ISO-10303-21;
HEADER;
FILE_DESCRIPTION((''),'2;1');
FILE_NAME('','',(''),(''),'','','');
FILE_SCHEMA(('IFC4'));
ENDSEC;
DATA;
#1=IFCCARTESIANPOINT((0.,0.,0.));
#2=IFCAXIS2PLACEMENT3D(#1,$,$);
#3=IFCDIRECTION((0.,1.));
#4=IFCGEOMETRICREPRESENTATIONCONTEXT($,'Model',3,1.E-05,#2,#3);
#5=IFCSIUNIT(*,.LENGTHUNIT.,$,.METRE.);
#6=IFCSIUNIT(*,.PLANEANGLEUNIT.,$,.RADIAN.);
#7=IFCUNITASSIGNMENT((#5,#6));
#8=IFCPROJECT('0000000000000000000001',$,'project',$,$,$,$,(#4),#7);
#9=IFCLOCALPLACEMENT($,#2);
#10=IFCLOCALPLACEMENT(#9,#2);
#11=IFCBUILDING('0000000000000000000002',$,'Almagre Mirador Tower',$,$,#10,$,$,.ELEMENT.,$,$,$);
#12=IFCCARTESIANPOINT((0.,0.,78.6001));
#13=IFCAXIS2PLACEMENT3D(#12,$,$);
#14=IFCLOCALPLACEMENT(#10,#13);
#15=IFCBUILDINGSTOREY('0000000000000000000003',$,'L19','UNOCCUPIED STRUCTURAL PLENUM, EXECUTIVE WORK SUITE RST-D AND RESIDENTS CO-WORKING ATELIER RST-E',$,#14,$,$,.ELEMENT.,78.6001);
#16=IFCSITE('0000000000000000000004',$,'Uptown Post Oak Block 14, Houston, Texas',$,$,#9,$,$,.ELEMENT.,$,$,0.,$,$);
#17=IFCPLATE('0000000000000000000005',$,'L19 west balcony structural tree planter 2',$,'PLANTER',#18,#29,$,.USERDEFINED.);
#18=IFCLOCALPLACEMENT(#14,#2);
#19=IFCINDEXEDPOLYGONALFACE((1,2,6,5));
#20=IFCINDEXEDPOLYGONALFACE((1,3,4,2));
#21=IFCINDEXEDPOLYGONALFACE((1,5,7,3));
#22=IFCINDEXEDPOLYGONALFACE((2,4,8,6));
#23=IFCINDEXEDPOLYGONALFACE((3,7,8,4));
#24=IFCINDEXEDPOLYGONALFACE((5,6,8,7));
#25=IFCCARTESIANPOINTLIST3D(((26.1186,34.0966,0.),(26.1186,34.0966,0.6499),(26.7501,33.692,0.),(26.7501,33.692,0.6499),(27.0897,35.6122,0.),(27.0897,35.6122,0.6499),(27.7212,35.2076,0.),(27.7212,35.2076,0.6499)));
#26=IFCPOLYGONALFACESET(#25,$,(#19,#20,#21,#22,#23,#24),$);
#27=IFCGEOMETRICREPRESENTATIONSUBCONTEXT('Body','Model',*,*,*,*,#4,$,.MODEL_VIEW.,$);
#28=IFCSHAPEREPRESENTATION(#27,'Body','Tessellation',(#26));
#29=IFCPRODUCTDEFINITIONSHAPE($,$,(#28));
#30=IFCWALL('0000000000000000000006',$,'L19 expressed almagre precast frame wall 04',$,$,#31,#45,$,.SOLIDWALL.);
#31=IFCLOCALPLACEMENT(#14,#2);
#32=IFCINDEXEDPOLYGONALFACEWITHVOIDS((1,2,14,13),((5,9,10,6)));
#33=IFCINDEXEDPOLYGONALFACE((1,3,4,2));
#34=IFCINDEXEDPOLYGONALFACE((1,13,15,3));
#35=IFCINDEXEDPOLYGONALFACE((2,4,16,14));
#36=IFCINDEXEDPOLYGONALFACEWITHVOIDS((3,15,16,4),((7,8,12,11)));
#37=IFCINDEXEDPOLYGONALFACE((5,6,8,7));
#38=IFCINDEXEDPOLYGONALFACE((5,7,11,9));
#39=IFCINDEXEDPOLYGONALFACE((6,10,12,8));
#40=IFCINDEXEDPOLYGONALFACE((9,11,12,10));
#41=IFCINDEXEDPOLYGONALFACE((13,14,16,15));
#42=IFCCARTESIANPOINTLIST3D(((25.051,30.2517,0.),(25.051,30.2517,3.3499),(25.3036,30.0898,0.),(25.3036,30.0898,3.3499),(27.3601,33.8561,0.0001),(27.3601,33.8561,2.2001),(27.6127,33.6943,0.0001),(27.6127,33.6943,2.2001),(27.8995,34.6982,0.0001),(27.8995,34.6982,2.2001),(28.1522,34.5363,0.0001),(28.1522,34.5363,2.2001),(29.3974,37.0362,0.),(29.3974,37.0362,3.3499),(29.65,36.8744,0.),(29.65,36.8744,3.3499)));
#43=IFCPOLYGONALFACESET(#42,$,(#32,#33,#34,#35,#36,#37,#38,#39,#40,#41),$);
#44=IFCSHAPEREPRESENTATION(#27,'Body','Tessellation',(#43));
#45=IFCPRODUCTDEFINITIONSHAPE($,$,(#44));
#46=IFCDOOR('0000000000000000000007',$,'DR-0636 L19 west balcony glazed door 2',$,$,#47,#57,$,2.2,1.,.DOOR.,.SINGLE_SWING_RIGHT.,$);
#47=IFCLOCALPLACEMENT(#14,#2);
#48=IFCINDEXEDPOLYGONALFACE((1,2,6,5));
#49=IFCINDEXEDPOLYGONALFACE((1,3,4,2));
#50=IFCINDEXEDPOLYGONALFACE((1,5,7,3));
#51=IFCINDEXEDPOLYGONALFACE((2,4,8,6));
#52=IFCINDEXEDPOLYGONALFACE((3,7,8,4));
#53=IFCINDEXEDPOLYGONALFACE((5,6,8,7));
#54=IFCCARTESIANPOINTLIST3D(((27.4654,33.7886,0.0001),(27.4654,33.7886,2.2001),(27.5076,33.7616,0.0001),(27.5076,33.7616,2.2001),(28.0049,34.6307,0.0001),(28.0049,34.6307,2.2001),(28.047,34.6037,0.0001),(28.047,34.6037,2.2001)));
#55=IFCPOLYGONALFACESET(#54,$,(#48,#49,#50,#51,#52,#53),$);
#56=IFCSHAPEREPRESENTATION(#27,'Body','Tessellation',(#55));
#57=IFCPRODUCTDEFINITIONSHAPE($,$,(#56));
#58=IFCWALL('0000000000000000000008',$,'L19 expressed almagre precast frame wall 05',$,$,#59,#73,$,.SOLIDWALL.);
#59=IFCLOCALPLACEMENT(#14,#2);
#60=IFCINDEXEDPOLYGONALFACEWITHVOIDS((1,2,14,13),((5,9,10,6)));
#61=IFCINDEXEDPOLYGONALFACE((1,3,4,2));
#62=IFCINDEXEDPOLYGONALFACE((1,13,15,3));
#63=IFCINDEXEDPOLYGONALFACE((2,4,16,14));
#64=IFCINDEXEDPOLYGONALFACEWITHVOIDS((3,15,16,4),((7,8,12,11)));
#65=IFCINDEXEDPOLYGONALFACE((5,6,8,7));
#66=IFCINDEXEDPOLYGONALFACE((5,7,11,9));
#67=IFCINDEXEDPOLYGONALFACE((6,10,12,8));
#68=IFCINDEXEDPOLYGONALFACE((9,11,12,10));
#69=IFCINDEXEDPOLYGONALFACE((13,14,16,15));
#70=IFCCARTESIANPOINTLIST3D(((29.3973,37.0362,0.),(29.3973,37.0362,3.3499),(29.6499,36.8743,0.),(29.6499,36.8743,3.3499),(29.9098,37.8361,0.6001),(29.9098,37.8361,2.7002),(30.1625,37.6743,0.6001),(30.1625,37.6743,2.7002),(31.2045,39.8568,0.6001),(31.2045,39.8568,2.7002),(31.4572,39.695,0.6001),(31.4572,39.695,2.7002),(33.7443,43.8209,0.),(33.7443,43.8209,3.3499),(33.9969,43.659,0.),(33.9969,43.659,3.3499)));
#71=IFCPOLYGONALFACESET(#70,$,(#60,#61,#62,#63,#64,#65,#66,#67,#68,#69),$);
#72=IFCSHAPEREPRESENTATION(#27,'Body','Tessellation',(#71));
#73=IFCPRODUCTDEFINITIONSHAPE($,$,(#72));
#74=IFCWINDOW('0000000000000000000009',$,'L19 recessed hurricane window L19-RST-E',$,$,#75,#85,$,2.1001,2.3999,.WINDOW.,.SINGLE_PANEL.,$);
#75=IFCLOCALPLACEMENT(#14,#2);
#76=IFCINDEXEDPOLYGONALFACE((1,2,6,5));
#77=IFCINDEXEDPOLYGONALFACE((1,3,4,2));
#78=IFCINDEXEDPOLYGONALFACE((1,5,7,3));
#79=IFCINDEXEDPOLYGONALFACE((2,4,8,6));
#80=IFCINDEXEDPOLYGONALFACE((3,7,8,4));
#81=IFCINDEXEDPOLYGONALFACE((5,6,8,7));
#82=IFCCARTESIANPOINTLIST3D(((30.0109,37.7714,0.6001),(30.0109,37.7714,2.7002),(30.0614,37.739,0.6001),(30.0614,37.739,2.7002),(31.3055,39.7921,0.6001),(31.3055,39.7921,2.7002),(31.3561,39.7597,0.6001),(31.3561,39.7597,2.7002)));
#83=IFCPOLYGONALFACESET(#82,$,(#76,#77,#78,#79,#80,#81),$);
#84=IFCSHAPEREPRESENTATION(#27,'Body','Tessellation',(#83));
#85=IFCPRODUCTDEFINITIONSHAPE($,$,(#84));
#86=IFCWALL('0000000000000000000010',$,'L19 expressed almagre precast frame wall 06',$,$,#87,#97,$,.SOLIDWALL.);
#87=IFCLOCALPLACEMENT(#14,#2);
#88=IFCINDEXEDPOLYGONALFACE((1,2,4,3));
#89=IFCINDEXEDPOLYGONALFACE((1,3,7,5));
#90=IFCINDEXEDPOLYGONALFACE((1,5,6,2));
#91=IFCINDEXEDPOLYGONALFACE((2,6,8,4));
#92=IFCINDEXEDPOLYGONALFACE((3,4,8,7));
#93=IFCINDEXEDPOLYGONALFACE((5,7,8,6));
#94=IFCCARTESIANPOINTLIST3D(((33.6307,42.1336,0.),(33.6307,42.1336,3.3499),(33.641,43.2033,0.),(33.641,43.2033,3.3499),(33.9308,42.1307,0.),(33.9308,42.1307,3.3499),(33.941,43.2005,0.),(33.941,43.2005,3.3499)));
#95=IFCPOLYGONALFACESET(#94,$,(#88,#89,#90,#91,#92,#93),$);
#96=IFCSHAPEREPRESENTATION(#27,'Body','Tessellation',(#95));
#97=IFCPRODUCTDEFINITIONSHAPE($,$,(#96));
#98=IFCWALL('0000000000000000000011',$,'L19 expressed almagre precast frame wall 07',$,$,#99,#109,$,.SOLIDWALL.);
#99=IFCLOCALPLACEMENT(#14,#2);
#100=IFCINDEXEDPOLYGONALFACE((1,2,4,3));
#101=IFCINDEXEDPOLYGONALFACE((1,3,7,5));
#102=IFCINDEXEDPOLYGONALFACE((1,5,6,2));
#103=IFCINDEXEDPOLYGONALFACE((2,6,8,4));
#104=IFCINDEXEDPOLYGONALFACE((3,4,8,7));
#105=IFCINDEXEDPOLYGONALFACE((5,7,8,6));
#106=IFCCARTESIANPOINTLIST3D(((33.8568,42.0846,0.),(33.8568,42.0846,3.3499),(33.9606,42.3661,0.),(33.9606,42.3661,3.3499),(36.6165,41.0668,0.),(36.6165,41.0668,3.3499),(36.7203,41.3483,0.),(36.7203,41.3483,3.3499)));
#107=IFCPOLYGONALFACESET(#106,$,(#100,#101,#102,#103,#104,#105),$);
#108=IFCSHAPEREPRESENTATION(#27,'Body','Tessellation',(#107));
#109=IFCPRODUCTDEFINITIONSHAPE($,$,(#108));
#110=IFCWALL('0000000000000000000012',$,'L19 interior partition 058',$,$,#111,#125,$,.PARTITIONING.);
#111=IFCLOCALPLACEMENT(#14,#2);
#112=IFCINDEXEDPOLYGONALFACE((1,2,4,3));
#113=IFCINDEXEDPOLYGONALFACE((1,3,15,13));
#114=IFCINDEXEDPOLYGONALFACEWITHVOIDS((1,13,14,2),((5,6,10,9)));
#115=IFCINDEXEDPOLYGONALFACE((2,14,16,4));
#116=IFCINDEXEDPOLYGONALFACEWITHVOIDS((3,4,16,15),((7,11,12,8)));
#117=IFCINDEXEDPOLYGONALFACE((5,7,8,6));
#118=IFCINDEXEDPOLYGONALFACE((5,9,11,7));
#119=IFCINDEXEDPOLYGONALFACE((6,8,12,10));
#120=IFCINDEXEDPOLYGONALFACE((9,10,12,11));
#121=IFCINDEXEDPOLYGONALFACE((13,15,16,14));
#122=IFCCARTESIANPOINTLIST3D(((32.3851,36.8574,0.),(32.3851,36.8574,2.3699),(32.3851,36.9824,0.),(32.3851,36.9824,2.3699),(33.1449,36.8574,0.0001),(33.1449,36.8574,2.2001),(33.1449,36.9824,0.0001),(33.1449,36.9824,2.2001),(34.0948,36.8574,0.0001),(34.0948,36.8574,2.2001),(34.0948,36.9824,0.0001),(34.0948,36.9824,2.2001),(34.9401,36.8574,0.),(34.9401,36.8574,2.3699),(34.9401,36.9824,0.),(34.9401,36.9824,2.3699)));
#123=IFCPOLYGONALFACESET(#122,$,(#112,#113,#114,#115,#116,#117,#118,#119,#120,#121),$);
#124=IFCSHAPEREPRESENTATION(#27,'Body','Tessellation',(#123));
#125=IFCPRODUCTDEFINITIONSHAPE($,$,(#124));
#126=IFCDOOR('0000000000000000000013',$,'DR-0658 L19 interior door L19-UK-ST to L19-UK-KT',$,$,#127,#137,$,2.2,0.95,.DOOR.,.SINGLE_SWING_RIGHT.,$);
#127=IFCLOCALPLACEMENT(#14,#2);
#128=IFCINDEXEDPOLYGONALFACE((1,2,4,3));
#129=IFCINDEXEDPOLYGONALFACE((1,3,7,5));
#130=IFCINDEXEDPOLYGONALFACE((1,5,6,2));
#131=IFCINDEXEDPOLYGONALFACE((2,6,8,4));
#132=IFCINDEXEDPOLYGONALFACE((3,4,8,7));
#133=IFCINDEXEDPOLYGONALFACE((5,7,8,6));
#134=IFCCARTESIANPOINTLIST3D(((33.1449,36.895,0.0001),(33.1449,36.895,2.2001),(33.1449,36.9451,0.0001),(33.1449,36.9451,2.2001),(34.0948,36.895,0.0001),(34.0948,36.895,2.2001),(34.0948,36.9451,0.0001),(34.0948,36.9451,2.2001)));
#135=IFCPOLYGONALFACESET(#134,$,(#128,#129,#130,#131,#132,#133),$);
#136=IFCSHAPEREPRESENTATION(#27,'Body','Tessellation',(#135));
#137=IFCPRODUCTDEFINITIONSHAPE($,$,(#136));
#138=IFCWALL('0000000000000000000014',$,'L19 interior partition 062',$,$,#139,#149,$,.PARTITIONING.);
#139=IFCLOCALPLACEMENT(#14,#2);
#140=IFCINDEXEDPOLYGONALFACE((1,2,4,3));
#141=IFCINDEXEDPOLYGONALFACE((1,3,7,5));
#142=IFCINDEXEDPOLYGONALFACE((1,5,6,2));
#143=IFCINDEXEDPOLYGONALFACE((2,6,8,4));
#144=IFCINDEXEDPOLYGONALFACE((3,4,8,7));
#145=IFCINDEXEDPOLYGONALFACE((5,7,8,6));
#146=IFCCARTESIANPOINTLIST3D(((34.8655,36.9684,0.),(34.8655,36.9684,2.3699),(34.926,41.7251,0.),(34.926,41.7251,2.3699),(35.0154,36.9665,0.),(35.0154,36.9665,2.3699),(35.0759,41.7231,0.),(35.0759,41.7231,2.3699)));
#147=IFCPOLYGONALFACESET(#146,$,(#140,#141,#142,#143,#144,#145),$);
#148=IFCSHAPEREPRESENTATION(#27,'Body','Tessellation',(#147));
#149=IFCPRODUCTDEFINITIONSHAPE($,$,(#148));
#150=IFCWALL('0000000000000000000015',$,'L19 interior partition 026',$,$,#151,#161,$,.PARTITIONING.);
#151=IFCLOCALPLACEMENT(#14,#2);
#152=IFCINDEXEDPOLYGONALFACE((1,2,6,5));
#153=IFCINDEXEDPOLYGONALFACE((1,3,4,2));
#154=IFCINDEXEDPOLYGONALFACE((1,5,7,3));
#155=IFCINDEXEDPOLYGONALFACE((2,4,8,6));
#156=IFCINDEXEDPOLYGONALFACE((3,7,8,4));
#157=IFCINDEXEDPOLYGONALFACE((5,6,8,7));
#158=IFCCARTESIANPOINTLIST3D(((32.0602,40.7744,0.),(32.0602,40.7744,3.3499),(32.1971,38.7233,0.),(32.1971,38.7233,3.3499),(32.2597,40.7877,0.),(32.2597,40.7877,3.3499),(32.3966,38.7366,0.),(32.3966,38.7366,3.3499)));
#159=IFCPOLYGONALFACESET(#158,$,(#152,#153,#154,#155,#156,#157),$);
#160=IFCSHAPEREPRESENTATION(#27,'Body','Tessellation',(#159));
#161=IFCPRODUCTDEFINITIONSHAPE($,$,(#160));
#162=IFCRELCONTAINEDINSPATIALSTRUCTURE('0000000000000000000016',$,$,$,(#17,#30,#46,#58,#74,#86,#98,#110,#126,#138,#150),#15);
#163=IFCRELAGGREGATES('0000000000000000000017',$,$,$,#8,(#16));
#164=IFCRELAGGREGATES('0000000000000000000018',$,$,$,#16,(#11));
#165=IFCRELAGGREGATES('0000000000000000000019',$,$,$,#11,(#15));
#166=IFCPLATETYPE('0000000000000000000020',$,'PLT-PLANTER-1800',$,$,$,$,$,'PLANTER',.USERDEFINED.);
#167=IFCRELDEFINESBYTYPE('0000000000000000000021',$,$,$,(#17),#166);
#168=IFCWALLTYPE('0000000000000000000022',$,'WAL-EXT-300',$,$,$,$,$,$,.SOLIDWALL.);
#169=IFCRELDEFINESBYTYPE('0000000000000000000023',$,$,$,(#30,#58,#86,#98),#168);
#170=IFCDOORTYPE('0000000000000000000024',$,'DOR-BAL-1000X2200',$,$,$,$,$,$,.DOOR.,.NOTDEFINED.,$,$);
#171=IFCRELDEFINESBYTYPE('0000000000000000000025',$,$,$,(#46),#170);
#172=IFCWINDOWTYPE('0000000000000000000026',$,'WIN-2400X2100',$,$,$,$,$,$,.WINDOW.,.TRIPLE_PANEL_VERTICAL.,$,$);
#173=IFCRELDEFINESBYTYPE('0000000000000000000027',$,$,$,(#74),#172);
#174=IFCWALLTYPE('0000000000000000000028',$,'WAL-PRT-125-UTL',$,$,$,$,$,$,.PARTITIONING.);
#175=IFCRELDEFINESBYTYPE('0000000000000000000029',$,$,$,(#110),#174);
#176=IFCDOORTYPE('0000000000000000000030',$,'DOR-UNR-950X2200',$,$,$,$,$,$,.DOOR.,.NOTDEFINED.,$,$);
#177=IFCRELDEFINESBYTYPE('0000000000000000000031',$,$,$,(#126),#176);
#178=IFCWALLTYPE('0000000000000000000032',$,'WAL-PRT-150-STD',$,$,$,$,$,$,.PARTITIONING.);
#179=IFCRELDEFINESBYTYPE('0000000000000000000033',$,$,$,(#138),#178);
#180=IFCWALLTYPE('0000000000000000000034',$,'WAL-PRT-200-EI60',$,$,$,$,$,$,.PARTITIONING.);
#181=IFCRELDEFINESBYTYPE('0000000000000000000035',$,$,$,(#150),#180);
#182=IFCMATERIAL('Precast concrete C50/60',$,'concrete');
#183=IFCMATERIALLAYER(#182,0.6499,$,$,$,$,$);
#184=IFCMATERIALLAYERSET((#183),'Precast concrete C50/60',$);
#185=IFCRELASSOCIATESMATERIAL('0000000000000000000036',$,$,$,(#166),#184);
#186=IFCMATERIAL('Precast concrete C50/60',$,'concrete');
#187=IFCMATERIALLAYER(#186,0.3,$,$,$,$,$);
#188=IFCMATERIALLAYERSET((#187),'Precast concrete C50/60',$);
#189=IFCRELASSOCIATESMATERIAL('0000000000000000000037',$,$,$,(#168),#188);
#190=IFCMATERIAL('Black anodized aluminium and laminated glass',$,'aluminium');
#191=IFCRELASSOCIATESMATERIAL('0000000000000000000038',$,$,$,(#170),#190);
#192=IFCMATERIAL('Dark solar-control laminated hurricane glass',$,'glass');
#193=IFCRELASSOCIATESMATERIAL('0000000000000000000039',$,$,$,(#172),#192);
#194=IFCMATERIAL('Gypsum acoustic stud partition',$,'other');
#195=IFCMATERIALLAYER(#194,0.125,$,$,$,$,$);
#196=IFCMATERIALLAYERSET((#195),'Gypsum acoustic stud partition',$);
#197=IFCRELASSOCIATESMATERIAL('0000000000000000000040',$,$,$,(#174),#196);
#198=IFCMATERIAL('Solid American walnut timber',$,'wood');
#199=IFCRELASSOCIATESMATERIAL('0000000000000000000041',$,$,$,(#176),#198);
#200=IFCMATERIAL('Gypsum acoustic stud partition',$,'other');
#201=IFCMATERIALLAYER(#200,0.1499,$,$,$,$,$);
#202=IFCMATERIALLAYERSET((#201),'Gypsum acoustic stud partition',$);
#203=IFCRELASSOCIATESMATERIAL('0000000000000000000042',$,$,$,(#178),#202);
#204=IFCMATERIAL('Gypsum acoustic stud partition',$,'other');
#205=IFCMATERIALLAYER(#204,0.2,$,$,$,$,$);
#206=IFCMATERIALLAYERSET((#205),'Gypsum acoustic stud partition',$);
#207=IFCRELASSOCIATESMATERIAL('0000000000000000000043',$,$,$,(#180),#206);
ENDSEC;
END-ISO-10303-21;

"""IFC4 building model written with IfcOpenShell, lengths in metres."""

from ifc_helpers import new_model, si_unit, direction, frame, frame_2d, origin, origin_2d, place, context, subcontext, project, spatial, rectangle, extrude, material, layer, layer_set, type_object, element, fill, save


model = new_model("IFC4")

# Units and contexts
model_context = context("Model", 3, precision=1e-05, world=origin(), true_north=direction((0.0, 1.0)))
body_context = subcontext(model_context, "Body", "Model", "MODEL_VIEW")
ifc_project = project(units=[si_unit("LENGTHUNIT", "METRE"), si_unit("PLANEANGLEUNIT", "RADIAN")], contexts=[model_context])

# Site, building, storey
site_placement = place(None, origin())
site = spatial("IfcSite", under=ifc_project, at=site_placement, Name="Uptown Post Oak Block 14, Houston, Texas", CompositionType="ELEMENT", RefElevation=0.0)
building_placement = place(site_placement, origin())
building = spatial("IfcBuilding", under=site, at=building_placement, Name="Almagre Mirador Tower", CompositionType="ELEMENT")
storey_placement = place(building_placement, frame((0.0, 0.0, 78.6001)))
storey = spatial("IfcBuildingStorey", under=building, at=storey_placement, Name="L19", Description="UNOCCUPIED STRUCTURAL PLENUM, EXECUTIVE WORK SUITE RST-D AND RESIDENTS CO-WORKING ATELIER RST-E", CompositionType="ELEMENT", Elevation=78.6001)

# Plate
ifc_material_1 = material(Name="Precast concrete C50/60", Category="concrete")
ifc_layer_1 = layer(ifc_material_1, 0.6499)
ifc_layer_set_1 = layer_set([ifc_layer_1], Name="Precast concrete C50/60")
plate_type = type_object("IfcPlateType", Name="PLT-PLANTER-1800", ElementType="PLANTER", PredefinedType="USERDEFINED", material=ifc_layer_set_1)
plate_placement = place(storey_placement, frame((26.9199, 34.6521, 0.0), z_axis=(0.0, 0.0, 1.0), x_axis=(-0.539462, -0.84201, 0.0)))
element("IfcPlate", 1, at=plate_placement, inside=storey, type_object=plate_type, Name="L19 west balcony structural tree planter 2", ObjectType="PLANTER", PredefinedType="USERDEFINED", context=body_context, shape_type="SweptSolid", body=[
    extrude(rectangle(XDim=1.8, YDim=0.75, at=origin_2d()), origin(), (0.0, 0.0, 1.0), 0.6499),
])

# Wall, opening, door
ifc_material_2 = material(Name="Precast concrete C50/60", Category="concrete")
ifc_layer_2 = layer(ifc_material_2, 0.3)
ifc_layer_set_2 = layer_set([ifc_layer_2], Name="Precast concrete C50/60")
wall_type_1 = type_object("IfcWallType", Name="WAL-EXT-300", PredefinedType="SOLIDWALL", material=ifc_layer_set_2)
wall_1_placement = place(storey_placement, frame((25.1772, 30.1707, 0.0), z_axis=(0.0, 0.0, 1.0), x_axis=(0.539428, 0.842032, 0.0)))
wall_1 = element("IfcWall", 2, at=wall_1_placement, inside=storey, type_object=wall_type_1, Name="L19 expressed almagre precast frame wall 04", PredefinedType="SOLIDWALL", context=body_context, shape_type="SweptSolid", body=[
    extrude(rectangle(XDim=8.0574, YDim=0.3, at=frame_2d((4.0288, 0.0))), origin(), (0.0, 0.0, 1.0), 3.3499),
])
opening_1_placement = place(wall_1_placement, frame((4.2808, 0.0, 0.0)))
opening_1 = element("IfcOpeningElement", 3, at=opening_1_placement, cuts=wall_1, PredefinedType="OPENING", context=body_context, shape_type="SweptSolid", body=[
    extrude(rectangle(XDim=1.0, YDim=2.2, at=frame_2d((0.5, 1.1001))), frame((0.0, 0.1599, 0.0), z_axis=(0.0, -1.0, 0.0), x_axis=(1.0, 0.0, 0.0)), (0.0, 0.0, 1.0), 0.32),
])
ifc_material_3 = material(Name="Black anodized aluminium and laminated glass", Category="aluminium")
door_type_1 = type_object("IfcDoorType", Name="DOR-BAL-1000X2200", OperationType="NOTDEFINED", PredefinedType="DOOR", material=ifc_material_3)
door_1_placement = place(opening_1_placement, origin())
door_1 = element("IfcDoor", 4, at=door_1_placement, inside=storey, type_object=door_type_1, Name="DR-0636 L19 west balcony glazed door 2", OperationType="SINGLE_SWING_RIGHT", OverallHeight=2.2, OverallWidth=1.0, PredefinedType="DOOR", context=body_context, shape_type="SweptSolid", body=[
    extrude(rectangle(XDim=1.0, YDim=2.2, at=frame_2d((0.5, 1.1001))), frame((0.0, 0.0249, 0.0), z_axis=(0.0, -1.0, 0.0), x_axis=(1.0, 0.0, 0.0)), (0.0, 0.0, 1.0), 0.05),
])
fill(opening_1, door_1)

# Wall, opening, window
wall_2_placement = place(storey_placement, frame((29.5237, 36.9553, 0.0), z_axis=(0.0, 0.0, 1.0), x_axis=(0.539471, 0.842004, 0.0)))
wall_2 = element("IfcWall", 5, at=wall_2_placement, inside=storey, type_object=wall_type_1, Name="L19 expressed almagre precast frame wall 05", PredefinedType="SOLIDWALL", context=body_context, shape_type="SweptSolid", body=[
    extrude(rectangle(XDim=8.0579, YDim=0.3, at=frame_2d((4.0288, 0.0))), origin(), (0.0, 0.0, 1.0), 3.3499),
])
opening_2_placement = place(wall_2_placement, frame((0.95, 0.0, 0.6001)))
opening_2 = element("IfcOpeningElement", 6, at=opening_2_placement, cuts=wall_2, PredefinedType="OPENING", context=body_context, shape_type="SweptSolid", body=[
    extrude(rectangle(XDim=2.3999, YDim=2.1001, at=frame_2d((1.2, 1.05))), frame((0.0, 0.1599, 0.0), z_axis=(0.0, -1.0, 0.0), x_axis=(1.0, 0.0, 0.0)), (0.0, 0.0, 1.0), 0.32),
])
ifc_material_4 = material(Name="Dark solar-control laminated hurricane glass", Category="glass")
window_type = type_object("IfcWindowType", Name="WIN-2400X2100", PartitioningType="TRIPLE_PANEL_VERTICAL", PredefinedType="WINDOW", material=ifc_material_4)
window_placement = place(opening_2_placement, origin())
window = element("IfcWindow", 7, at=window_placement, inside=storey, type_object=window_type, Name="L19 recessed hurricane window L19-RST-E", OverallHeight=2.1001, OverallWidth=2.3999, PartitioningType="SINGLE_PANEL", PredefinedType="WINDOW", context=body_context, shape_type="SweptSolid", body=[
    extrude(rectangle(XDim=2.3999, YDim=2.1001, at=frame_2d((1.2, 1.05))), frame((0.0, 0.03, 0.0), z_axis=(0.0, -1.0, 0.0), x_axis=(1.0, 0.0, 0.0)), (0.0, 0.0, 1.0), 0.0601),
])
fill(opening_2, window)

# Walls
wall_3_placement = place(storey_placement, frame((33.791, 43.2019, 0.0), z_axis=(0.0, 0.0, 1.0), x_axis=(-0.009584, -0.999954, 0.0)))
element("IfcWall", 8, at=wall_3_placement, inside=storey, type_object=wall_type_1, Name="L19 expressed almagre precast frame wall 06", PredefinedType="SOLIDWALL", context=body_context, shape_type="SweptSolid", body=[
    extrude(rectangle(XDim=1.0698, YDim=0.3, at=frame_2d((0.5349, 0.0))), origin(), (0.0, 0.0, 1.0), 3.3499),
])
wall_4_placement = place(storey_placement, frame((33.9087, 42.2253, 0.0), z_axis=(0.0, 0.0, 1.0), x_axis=(0.938225, -0.346025, 0.0)))
element("IfcWall", 9, at=wall_4_placement, inside=storey, type_object=wall_type_1, Name="L19 expressed almagre precast frame wall 07", PredefinedType="SOLIDWALL", context=body_context, shape_type="SweptSolid", body=[
    extrude(rectangle(XDim=2.9414, YDim=0.3, at=frame_2d((1.4707, 0.0))), origin(), (0.0, 0.0, 1.0), 3.3499),
])

# Wall, opening, door
ifc_material_5 = material(Name="Gypsum acoustic stud partition", Category="other")
ifc_layer_3 = layer(ifc_material_5, 0.125)
ifc_layer_set_3 = layer_set([ifc_layer_3], Name="Gypsum acoustic stud partition")
wall_type_2 = type_object("IfcWallType", Name="WAL-PRT-125-UTL", PredefinedType="PARTITIONING", material=ifc_layer_set_3)
wall_5_placement = place(storey_placement, frame((34.9399, 36.9199, 0.0), z_axis=(0.0, 0.0, 1.0), x_axis=(-1.0, 0.0, 0.0)))
wall_5 = element("IfcWall", 10, at=wall_5_placement, inside=storey, type_object=wall_type_2, Name="L19 interior partition 058", PredefinedType="PARTITIONING", context=body_context, shape_type="SweptSolid", body=[
    extrude(rectangle(XDim=2.5549, YDim=0.125, at=frame_2d((1.2773, 0.0))), origin(), (0.0, 0.0, 1.0), 2.3699),
])
opening_3_placement = place(wall_5_placement, frame((0.845, 0.0, 0.0)))
opening_3 = element("IfcOpeningElement", 11, at=opening_3_placement, cuts=wall_5, PredefinedType="OPENING", context=body_context, shape_type="SweptSolid", body=[
    extrude(rectangle(XDim=0.95, YDim=2.2, at=frame_2d((0.4751, 1.1001))), frame((0.0, 0.0725, 0.0), z_axis=(0.0, -1.0, 0.0), x_axis=(1.0, 0.0, 0.0)), (0.0, 0.0, 1.0), 0.145),
])
ifc_material_6 = material(Name="Solid American walnut timber", Category="wood")
door_type_2 = type_object("IfcDoorType", Name="DOR-UNR-950X2200", OperationType="NOTDEFINED", PredefinedType="DOOR", material=ifc_material_6)
door_2_placement = place(opening_3_placement, origin())
door_2 = element("IfcDoor", 12, at=door_2_placement, inside=storey, type_object=door_type_2, Name="DR-0658 L19 interior door L19-UK-ST to L19-UK-KT", OperationType="SINGLE_SWING_RIGHT", OverallHeight=2.2, OverallWidth=0.95, PredefinedType="DOOR", context=body_context, shape_type="SweptSolid", body=[
    extrude(rectangle(XDim=0.95, YDim=2.2, at=frame_2d((0.4751, 1.1001))), frame((0.0, 0.0249, 0.0), z_axis=(0.0, -1.0, 0.0), x_axis=(1.0, 0.0, 0.0)), (0.0, 0.0, 1.0), 0.05),
])
fill(opening_3, door_2)

# Walls
ifc_material_7 = material(Name="Gypsum acoustic stud partition", Category="other")
ifc_layer_4 = layer(ifc_material_7, 0.1499)
ifc_layer_set_4 = layer_set([ifc_layer_4], Name="Gypsum acoustic stud partition")
wall_type_3 = type_object("IfcWallType", Name="WAL-PRT-150-STD", PredefinedType="PARTITIONING", material=ifc_layer_set_4)
wall_6_placement = place(storey_placement, frame((34.9404, 36.9675, 0.0), z_axis=(0.0, 0.0, 1.0), x_axis=(0.012728, 0.999919, 0.0)))
element("IfcWall", 13, at=wall_6_placement, inside=storey, type_object=wall_type_3, Name="L19 interior partition 062", PredefinedType="PARTITIONING", context=body_context, shape_type="SweptSolid", body=[
    extrude(rectangle(XDim=4.7571, YDim=0.1499, at=frame_2d((2.3784, 0.0))), origin(), (0.0, 0.0, 1.0), 2.3699),
])
ifc_material_8 = material(Name="Gypsum acoustic stud partition", Category="other")
ifc_layer_5 = layer(ifc_material_8, 0.2)
ifc_layer_set_5 = layer_set([ifc_layer_5], Name="Gypsum acoustic stud partition")
wall_type_4 = type_object("IfcWallType", Name="WAL-PRT-200-EI60", PredefinedType="PARTITIONING", material=ifc_layer_set_5)
wall_7_placement = place(storey_placement, frame((32.2969, 38.73, 0.0), z_axis=(0.0, 0.0, 1.0), x_axis=(-0.066629, 0.997778, 0.0)))
element("IfcWall", 14, at=wall_7_placement, inside=storey, type_object=wall_type_4, Name="L19 interior partition 026", PredefinedType="PARTITIONING", context=body_context, shape_type="SweptSolid", body=[
    extrude(rectangle(XDim=2.0557, YDim=0.2, at=frame_2d((1.0278, 0.0))), origin(), (0.0, 0.0, 1.0), 3.3499),
])

save(model, "model.ifc")
